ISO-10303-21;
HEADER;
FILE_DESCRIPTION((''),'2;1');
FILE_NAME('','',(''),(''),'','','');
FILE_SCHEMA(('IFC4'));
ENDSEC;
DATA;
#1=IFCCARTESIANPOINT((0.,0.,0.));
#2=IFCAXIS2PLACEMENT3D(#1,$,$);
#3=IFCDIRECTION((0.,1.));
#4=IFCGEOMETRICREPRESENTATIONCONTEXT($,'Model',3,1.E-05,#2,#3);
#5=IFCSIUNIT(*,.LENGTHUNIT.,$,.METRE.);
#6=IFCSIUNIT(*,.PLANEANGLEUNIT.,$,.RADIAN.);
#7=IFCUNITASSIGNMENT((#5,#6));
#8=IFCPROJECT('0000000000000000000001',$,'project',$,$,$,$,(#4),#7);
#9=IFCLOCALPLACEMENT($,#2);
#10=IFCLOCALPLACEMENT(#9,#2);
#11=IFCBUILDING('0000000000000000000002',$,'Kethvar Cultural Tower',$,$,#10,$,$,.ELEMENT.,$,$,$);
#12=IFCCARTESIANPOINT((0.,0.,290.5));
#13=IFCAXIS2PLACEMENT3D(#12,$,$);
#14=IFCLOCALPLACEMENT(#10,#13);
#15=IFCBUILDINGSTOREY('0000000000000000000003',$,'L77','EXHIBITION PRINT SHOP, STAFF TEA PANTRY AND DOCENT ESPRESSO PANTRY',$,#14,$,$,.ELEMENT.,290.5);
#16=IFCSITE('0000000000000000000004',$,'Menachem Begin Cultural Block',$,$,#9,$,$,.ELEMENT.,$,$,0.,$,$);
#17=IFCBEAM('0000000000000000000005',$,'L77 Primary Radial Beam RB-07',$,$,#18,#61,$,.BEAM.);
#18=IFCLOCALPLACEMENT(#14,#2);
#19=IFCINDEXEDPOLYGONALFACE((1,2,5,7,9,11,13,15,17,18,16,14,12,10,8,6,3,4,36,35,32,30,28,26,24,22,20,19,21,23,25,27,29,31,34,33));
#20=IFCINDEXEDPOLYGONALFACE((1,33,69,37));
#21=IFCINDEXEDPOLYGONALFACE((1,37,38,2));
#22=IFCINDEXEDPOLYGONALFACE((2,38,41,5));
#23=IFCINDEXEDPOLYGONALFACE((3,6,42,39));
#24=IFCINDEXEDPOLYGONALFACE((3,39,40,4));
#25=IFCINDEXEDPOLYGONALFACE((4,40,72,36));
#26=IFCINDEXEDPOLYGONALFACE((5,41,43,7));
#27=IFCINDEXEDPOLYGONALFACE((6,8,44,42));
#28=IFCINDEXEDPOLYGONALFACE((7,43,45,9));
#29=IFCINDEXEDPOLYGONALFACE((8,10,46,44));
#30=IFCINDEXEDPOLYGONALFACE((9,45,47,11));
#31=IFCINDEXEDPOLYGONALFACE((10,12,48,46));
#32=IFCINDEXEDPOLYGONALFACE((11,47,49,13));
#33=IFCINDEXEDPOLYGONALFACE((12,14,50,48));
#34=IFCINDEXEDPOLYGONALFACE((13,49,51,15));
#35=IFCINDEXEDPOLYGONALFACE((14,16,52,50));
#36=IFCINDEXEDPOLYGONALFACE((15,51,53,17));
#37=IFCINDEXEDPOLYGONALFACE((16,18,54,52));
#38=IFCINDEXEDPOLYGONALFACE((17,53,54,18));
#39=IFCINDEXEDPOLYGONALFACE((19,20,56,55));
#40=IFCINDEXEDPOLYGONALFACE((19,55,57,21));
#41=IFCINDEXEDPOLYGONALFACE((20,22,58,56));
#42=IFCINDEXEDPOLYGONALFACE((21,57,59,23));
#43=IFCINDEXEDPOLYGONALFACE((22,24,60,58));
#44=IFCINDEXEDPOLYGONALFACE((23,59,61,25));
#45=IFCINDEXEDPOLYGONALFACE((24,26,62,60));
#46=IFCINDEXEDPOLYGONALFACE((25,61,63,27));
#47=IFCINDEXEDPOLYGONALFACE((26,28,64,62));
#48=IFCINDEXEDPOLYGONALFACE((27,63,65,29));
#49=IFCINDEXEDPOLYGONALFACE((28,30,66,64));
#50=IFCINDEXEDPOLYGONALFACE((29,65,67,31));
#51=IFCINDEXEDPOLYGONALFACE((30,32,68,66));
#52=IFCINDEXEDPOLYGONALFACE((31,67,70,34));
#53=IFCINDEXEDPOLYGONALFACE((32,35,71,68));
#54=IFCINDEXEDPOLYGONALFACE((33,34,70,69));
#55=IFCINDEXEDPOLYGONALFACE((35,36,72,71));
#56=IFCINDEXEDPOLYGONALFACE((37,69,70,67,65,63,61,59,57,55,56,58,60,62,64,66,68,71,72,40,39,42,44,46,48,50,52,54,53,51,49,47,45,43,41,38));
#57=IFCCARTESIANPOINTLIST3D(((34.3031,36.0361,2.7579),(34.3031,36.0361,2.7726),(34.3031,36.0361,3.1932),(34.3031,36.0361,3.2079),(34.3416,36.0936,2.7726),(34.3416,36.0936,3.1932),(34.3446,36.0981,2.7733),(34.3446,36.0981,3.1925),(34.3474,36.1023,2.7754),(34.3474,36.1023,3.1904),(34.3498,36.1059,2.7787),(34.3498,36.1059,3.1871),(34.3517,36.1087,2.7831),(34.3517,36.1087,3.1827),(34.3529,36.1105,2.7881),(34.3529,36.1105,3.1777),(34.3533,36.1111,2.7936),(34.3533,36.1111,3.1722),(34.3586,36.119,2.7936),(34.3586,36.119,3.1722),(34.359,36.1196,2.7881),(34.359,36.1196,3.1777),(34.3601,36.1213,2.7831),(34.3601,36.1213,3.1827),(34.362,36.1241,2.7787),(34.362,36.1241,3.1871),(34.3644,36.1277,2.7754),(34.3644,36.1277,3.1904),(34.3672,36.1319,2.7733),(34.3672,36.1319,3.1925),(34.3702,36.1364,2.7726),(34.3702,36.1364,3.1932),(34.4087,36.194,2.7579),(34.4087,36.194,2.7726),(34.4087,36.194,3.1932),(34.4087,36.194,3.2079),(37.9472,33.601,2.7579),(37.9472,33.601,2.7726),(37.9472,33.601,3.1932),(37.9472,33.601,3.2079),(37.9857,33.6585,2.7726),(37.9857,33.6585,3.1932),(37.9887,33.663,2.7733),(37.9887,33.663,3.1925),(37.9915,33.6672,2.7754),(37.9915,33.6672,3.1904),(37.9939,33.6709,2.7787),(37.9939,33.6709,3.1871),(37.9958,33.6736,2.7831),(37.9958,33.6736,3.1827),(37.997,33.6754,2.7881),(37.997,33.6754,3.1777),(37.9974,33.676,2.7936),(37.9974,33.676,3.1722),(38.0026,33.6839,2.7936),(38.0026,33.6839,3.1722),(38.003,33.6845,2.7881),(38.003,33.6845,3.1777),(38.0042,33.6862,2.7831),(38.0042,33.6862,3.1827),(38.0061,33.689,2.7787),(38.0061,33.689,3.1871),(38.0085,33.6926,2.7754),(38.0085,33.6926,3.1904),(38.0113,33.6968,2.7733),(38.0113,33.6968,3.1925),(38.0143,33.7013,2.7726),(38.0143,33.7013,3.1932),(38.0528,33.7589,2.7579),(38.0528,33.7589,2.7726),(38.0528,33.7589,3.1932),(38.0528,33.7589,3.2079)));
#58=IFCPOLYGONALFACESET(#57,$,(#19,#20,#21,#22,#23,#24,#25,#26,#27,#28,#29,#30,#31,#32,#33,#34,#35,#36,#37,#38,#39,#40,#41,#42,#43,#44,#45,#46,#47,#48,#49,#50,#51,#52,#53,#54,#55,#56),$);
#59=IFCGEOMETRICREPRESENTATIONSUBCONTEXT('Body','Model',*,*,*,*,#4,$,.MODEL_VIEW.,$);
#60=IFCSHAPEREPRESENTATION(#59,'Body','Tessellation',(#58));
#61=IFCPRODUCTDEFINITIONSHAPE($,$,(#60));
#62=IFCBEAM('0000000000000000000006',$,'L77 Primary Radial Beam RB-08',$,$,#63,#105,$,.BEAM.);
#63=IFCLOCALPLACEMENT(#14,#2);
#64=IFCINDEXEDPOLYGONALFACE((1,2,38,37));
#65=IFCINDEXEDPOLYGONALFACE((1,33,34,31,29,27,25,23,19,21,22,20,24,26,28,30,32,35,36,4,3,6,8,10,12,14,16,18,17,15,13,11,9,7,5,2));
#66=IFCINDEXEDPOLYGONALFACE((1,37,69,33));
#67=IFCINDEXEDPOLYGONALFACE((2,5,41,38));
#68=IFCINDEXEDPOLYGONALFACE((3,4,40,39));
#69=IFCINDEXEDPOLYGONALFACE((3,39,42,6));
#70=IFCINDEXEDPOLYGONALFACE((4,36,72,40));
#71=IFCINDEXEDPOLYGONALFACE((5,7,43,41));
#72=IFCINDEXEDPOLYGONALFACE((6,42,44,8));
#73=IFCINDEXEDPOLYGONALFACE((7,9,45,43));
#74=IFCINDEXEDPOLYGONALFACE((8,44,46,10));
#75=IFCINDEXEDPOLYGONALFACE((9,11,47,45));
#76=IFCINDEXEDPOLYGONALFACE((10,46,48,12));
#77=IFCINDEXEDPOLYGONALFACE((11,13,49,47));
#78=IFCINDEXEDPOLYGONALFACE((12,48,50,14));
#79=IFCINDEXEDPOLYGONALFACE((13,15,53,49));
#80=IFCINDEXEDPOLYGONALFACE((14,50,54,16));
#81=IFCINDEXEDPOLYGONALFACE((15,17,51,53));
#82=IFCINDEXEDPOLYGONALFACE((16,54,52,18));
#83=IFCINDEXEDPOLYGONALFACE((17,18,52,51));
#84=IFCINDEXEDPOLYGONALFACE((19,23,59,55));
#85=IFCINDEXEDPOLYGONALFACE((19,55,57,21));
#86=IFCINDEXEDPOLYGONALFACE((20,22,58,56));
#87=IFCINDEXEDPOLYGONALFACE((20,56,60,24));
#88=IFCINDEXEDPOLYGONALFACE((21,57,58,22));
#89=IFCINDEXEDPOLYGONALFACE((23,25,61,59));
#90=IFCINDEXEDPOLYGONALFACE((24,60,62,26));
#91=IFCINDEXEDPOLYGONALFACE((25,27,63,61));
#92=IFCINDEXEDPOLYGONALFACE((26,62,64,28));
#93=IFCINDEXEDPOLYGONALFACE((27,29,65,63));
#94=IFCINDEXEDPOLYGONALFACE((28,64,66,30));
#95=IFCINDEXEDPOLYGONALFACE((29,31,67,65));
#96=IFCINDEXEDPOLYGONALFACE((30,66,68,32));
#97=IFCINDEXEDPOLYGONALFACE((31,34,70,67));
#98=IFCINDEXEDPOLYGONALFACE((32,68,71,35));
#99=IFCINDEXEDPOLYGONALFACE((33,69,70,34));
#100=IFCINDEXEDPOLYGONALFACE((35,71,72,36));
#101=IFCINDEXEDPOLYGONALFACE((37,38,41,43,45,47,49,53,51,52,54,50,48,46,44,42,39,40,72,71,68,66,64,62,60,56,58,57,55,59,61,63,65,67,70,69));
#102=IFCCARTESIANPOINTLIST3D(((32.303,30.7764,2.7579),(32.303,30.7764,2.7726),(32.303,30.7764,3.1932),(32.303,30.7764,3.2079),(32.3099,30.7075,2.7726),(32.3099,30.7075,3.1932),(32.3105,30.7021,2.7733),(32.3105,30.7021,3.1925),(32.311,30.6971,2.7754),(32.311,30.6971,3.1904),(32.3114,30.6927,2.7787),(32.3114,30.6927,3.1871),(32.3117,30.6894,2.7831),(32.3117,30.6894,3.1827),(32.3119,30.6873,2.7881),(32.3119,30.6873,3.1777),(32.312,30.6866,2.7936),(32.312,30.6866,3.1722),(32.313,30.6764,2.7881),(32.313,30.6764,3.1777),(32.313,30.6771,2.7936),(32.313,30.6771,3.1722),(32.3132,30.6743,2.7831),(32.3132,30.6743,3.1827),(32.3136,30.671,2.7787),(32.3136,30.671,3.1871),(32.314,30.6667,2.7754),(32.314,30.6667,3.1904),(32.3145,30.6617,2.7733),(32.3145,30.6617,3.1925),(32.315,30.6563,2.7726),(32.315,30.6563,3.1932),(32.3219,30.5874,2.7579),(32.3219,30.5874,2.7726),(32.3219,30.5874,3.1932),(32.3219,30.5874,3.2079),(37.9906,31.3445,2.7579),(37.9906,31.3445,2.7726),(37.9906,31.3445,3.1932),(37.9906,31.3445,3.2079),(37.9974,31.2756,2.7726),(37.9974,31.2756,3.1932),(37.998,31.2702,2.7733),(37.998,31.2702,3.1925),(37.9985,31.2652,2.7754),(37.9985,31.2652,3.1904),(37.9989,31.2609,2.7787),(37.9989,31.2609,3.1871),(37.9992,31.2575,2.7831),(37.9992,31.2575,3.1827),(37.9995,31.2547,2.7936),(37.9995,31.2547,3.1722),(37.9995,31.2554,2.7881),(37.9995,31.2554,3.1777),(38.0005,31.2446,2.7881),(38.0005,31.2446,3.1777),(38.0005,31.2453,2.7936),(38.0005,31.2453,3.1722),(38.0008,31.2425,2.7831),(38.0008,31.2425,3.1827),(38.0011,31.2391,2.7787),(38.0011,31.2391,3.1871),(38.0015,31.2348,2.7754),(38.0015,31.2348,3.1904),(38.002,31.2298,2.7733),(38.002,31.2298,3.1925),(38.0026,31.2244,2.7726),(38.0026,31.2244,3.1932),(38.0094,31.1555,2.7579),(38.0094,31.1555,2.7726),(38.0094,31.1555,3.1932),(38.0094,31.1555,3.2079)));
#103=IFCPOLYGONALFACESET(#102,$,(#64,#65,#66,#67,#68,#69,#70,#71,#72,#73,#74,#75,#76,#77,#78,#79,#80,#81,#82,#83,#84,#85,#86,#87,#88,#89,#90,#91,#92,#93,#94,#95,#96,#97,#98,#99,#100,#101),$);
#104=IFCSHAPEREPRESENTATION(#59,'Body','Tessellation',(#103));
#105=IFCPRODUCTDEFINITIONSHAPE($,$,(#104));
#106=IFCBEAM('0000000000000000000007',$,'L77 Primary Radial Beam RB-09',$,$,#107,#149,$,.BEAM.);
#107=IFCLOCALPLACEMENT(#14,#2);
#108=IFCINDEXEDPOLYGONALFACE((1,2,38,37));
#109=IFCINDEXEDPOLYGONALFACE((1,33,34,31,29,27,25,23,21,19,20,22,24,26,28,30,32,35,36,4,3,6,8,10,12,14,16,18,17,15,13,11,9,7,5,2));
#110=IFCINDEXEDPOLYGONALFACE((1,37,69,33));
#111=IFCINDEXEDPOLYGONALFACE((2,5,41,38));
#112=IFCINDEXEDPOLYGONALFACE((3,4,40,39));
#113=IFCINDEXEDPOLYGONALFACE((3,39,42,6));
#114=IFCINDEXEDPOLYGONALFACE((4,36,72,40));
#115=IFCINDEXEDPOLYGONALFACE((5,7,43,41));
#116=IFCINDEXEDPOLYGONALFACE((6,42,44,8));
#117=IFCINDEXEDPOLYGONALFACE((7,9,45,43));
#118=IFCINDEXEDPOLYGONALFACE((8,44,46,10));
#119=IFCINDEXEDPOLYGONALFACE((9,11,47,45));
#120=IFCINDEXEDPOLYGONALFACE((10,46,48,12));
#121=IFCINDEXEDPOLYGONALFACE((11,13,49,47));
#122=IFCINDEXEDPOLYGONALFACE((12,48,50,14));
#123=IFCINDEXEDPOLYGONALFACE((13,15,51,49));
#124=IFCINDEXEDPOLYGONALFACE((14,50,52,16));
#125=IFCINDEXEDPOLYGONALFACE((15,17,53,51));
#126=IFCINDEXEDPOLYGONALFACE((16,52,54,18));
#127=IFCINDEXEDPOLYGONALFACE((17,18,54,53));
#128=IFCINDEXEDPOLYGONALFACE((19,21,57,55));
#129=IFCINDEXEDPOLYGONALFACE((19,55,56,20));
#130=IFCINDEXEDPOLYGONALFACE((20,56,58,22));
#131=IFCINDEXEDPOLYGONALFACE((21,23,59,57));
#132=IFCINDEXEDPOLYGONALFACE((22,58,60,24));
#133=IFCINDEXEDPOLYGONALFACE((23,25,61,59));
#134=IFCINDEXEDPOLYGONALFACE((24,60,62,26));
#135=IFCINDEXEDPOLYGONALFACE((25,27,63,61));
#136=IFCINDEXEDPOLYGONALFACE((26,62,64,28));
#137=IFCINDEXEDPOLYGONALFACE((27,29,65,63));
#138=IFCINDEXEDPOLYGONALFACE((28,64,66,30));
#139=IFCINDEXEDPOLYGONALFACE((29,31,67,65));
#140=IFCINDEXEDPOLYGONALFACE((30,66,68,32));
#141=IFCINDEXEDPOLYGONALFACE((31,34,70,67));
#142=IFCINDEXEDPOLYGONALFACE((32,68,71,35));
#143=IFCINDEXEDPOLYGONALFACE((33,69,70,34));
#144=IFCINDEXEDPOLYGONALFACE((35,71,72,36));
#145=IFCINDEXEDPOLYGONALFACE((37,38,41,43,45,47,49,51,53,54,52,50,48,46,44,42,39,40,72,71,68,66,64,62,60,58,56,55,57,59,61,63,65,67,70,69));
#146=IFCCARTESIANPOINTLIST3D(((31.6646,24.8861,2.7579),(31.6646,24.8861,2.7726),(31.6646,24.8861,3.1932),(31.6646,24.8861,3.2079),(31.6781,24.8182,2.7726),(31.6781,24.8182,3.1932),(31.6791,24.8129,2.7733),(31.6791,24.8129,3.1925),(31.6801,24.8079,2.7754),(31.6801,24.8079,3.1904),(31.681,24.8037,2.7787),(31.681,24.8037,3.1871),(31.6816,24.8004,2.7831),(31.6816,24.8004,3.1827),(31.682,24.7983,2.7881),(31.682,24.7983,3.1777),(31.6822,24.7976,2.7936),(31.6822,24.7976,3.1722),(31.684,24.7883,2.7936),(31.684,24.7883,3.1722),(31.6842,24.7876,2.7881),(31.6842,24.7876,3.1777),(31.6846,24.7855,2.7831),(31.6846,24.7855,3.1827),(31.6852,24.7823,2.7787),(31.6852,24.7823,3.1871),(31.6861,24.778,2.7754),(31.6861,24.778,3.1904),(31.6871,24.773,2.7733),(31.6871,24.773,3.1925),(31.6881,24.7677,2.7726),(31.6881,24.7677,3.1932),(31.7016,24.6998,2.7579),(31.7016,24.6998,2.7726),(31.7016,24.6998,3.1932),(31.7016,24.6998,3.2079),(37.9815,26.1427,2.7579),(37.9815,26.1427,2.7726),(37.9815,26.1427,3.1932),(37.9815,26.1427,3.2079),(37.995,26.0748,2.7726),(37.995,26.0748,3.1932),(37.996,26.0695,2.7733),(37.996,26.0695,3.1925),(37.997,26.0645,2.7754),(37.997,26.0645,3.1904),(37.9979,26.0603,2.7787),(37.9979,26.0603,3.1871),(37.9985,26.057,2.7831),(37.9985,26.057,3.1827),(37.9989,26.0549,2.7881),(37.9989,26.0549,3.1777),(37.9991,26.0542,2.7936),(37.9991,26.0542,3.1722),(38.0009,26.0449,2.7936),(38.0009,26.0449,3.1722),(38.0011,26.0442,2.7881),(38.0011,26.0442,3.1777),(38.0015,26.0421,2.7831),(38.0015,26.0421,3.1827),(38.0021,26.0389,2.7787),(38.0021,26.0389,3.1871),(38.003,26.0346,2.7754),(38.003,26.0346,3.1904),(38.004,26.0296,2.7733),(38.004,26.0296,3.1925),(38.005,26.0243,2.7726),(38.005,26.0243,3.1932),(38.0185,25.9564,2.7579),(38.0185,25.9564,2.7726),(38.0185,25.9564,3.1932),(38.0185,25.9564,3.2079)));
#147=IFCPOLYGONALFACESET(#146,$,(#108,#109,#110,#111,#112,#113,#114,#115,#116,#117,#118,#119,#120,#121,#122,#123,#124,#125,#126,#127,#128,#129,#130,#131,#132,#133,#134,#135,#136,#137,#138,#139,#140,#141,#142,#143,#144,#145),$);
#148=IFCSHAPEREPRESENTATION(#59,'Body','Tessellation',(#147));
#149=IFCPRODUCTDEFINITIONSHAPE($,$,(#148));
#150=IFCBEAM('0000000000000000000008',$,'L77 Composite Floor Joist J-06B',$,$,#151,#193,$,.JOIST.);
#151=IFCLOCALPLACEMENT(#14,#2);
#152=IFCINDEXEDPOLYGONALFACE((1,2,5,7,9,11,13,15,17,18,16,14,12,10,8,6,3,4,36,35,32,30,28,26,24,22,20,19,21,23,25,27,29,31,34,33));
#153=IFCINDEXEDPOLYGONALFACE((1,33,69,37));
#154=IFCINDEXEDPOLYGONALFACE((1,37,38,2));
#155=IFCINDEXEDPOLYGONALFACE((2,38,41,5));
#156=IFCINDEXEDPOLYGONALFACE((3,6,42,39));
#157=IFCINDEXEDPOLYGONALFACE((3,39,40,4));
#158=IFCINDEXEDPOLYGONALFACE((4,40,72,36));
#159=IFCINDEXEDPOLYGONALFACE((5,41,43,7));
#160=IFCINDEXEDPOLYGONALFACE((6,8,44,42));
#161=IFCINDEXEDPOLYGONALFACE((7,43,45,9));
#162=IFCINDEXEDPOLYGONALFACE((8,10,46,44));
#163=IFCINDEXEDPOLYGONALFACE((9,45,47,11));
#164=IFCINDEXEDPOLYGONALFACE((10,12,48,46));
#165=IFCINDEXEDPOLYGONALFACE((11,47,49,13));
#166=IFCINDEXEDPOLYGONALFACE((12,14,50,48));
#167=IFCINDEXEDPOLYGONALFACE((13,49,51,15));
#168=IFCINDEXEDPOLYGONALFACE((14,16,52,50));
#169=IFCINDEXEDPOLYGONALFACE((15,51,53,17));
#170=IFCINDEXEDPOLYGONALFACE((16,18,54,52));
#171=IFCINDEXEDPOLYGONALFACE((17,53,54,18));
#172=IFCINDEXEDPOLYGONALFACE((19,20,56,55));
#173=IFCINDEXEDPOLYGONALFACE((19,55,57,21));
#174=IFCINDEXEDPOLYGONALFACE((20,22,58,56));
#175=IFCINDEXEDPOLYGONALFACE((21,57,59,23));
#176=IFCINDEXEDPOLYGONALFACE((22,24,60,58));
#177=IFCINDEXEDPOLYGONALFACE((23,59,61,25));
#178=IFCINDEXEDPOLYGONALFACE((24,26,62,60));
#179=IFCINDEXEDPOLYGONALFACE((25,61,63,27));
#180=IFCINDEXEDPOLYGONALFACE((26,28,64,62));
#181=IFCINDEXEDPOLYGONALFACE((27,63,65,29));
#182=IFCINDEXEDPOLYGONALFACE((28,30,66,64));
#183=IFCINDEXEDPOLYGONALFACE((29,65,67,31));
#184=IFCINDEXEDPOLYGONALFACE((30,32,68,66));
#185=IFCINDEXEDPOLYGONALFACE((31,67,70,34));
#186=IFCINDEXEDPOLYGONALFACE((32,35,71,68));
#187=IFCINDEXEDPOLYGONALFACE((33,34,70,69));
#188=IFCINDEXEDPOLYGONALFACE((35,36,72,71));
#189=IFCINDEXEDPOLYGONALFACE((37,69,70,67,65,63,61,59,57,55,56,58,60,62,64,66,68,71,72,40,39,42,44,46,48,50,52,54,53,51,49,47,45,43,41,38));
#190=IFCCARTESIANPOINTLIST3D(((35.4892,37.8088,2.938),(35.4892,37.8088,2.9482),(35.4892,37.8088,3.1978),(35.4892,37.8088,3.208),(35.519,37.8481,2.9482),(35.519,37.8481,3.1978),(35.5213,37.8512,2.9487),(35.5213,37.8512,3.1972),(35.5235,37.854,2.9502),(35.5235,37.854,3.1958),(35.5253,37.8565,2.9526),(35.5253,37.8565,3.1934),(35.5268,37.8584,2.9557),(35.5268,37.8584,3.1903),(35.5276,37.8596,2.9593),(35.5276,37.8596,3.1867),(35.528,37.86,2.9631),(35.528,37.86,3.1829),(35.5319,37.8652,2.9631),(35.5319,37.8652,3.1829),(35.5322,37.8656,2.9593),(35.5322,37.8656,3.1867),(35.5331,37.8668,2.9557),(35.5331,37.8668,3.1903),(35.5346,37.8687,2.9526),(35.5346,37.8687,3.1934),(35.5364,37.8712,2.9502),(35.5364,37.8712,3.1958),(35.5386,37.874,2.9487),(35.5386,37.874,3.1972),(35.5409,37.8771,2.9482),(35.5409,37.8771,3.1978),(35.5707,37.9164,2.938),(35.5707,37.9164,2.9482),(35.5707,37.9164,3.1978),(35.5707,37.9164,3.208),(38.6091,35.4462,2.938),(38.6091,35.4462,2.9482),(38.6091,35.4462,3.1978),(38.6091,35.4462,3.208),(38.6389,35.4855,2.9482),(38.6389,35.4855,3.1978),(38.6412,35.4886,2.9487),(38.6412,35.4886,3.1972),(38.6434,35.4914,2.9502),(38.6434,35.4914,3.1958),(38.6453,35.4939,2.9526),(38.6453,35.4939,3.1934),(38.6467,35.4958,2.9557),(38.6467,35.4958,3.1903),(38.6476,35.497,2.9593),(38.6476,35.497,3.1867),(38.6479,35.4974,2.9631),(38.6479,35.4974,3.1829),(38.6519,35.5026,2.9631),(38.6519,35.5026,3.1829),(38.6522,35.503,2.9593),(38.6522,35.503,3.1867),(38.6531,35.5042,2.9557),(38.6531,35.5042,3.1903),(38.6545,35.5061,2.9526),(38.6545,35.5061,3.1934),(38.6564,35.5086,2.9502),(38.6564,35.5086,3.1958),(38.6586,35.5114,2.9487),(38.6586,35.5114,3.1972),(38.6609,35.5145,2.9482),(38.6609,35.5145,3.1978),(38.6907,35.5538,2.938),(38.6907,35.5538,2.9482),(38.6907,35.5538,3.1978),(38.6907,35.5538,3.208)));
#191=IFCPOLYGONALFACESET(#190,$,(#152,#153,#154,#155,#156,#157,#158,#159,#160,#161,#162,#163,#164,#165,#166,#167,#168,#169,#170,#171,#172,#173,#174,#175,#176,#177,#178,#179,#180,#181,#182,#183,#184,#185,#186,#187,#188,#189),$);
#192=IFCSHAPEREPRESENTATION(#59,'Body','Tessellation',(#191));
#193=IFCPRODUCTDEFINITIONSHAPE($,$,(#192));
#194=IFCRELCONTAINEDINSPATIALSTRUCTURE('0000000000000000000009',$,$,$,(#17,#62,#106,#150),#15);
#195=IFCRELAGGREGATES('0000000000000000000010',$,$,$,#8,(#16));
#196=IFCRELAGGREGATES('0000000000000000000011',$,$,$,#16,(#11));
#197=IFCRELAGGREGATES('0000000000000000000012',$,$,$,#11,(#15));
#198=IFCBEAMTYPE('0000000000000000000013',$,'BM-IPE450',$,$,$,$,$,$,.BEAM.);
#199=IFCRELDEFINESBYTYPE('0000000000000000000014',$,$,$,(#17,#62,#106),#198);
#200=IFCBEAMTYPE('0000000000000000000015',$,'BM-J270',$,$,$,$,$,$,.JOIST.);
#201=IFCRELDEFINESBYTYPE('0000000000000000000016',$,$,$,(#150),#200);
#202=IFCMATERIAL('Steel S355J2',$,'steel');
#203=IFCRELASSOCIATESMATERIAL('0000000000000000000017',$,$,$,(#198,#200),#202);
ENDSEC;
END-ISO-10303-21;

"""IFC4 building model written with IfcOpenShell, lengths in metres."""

from ifc_helpers import new_model, si_unit, direction, frame, origin, origin_2d, place, context, subcontext, project, spatial, i_section, extrude, source, transform, mapped, material, material_profile, profile_set, type_object, element, save


model = new_model("IFC4")

# Units and contexts
model_context = context("Model", 3, precision=1e-05, world=origin(), true_north=direction((0.0, 1.0)))
body_context = subcontext(model_context, "Body", "Model", "MODEL_VIEW")
ifc_project = project(units=[si_unit("LENGTHUNIT", "METRE"), si_unit("PLANEANGLEUNIT", "RADIAN")], contexts=[model_context])

# Site, building, storey
site_placement = place(None, origin())
site = spatial("IfcSite", under=ifc_project, at=site_placement, Name="Menachem Begin Cultural Block", CompositionType="ELEMENT", RefElevation=0.0)
building_placement = place(site_placement, origin())
building = spatial("IfcBuilding", under=site, at=building_placement, Name="Kethvar Cultural Tower", CompositionType="ELEMENT")
storey_placement = place(building_placement, frame((0.0, 0.0, 290.5)))
storey = spatial("IfcBuildingStorey", under=building, at=storey_placement, Name="L77", Description="EXHIBITION PRINT SHOP, STAFF TEA PANTRY AND DOCENT ESPRESSO PANTRY", CompositionType="ELEMENT", Elevation=290.5)

# Beams
ifc_material_1 = material(Name="Steel S355J2", Category="steel")
ifc_material_profile_1 = material_profile(ifc_material_1, i_section(OverallWidth=0.1899, OverallDepth=0.45, WebThickness=0.0095, FlangeThickness=0.0146, FilletRadius=0.021, at=origin_2d()), Name="Steel S355J2 — IPE450")
ifc_profile_set_1 = profile_set([ifc_material_profile_1], Name="Steel S355J2 — IPE450")
beam_type_1 = type_object("IfcBeamType", Name="BM-IPE450", PredefinedType="BEAM", material=ifc_profile_set_1)
shared_shape_1 = source(origin(), body_context, "Body", "SweptSolid", [
    extrude(i_section(OverallWidth=0.1899, OverallDepth=0.45, WebThickness=0.0095, FlangeThickness=0.0146, FilletRadius=0.021, at=origin_2d()), origin(), (0.0, 0.0, 1.0), 4.3828),
])
beam_1_placement = place(storey_placement, frame((38.0, 33.6799, 2.9829), z_axis=(-0.83145, 0.5556, 0.0), x_axis=(-0.5556, -0.83145, 0.0)))
element("IfcBeam", 1, at=beam_1_placement, inside=storey, type_object=beam_type_1, Name="L77 Primary Radial Beam RB-07", PredefinedType="BEAM", context=body_context, shape_type="MappedRepresentation", body=[
    mapped(shared_shape_1, transform((0.0, 0.0, 0.0), scale=1.0)),
])
shared_shape_2 = source(origin(), body_context, "Body", "SweptSolid", [
    extrude(i_section(OverallWidth=0.1899, OverallDepth=0.45, WebThickness=0.0095, FlangeThickness=0.0146, FilletRadius=0.021, at=origin_2d()), origin(), (0.0, 0.0, 1.0), 5.7158),
])
beam_2_placement = place(storey_placement, frame((38.0, 31.25, 2.9829), z_axis=(-0.995048, -0.099394, 0.0), x_axis=(0.099394, -0.995048, 0.0)))
element("IfcBeam", 2, at=beam_2_placement, inside=storey, type_object=beam_type_1, Name="L77 Primary Radial Beam RB-08", PredefinedType="BEAM", context=body_context, shape_type="MappedRepresentation", body=[
    mapped(shared_shape_2, transform((0.0, 0.0, 0.0), scale=1.0)),
])
shared_shape_3 = source(origin(), body_context, "Body", "SweptSolid", [
    extrude(i_section(OverallWidth=0.1899, OverallDepth=0.45, WebThickness=0.0095, FlangeThickness=0.0146, FilletRadius=0.021, at=origin_2d()), origin(), (0.0, 0.0, 1.0), 6.4407),
])
beam_3_placement = place(storey_placement, frame((38.0, 26.0496, 2.9829), z_axis=(-0.980783, -0.195103, 0.0), x_axis=(0.195103, -0.980783, 0.0)))
element("IfcBeam", 3, at=beam_3_placement, inside=storey, type_object=beam_type_1, Name="L77 Primary Radial Beam RB-09", PredefinedType="BEAM", context=body_context, shape_type="MappedRepresentation", body=[
    mapped(shared_shape_3, transform((0.0, 0.0, 0.0), scale=1.0)),
])
ifc_material_profile_2 = material_profile(ifc_material_1, i_section(OverallWidth=0.135, OverallDepth=0.27, WebThickness=0.0066, FlangeThickness=0.0103, FilletRadius=0.0149, at=origin_2d()), Name="Steel S355J2 — IPE270")
ifc_profile_set_2 = profile_set([ifc_material_profile_2], Name="Steel S355J2 — IPE270")
beam_type_2 = type_object("IfcBeamType", Name="BM-J270", PredefinedType="JOIST", material=ifc_profile_set_2)
shared_shape_4 = source(origin(), body_context, "Body", "SweptSolid", [
    extrude(i_section(OverallWidth=0.135, OverallDepth=0.27, WebThickness=0.0066, FlangeThickness=0.0103, FilletRadius=0.0149, at=origin_2d()), origin(), (0.0, 0.0, 1.0), 3.9136),
])
beam_4_placement = place(storey_placement, frame((38.6499, 35.5, 3.073), z_axis=(-0.797214, 0.603697, 0.0), x_axis=(-0.603697, -0.797214, 0.0)))
element("IfcBeam", 4, at=beam_4_placement, inside=storey, type_object=beam_type_2, Name="L77 Composite Floor Joist J-06B", PredefinedType="JOIST", context=body_context, shape_type="MappedRepresentation", body=[
    mapped(shared_shape_4, transform((0.0, 0.0, 0.0), scale=1.0)),
])

save(model, "model.ifc")
